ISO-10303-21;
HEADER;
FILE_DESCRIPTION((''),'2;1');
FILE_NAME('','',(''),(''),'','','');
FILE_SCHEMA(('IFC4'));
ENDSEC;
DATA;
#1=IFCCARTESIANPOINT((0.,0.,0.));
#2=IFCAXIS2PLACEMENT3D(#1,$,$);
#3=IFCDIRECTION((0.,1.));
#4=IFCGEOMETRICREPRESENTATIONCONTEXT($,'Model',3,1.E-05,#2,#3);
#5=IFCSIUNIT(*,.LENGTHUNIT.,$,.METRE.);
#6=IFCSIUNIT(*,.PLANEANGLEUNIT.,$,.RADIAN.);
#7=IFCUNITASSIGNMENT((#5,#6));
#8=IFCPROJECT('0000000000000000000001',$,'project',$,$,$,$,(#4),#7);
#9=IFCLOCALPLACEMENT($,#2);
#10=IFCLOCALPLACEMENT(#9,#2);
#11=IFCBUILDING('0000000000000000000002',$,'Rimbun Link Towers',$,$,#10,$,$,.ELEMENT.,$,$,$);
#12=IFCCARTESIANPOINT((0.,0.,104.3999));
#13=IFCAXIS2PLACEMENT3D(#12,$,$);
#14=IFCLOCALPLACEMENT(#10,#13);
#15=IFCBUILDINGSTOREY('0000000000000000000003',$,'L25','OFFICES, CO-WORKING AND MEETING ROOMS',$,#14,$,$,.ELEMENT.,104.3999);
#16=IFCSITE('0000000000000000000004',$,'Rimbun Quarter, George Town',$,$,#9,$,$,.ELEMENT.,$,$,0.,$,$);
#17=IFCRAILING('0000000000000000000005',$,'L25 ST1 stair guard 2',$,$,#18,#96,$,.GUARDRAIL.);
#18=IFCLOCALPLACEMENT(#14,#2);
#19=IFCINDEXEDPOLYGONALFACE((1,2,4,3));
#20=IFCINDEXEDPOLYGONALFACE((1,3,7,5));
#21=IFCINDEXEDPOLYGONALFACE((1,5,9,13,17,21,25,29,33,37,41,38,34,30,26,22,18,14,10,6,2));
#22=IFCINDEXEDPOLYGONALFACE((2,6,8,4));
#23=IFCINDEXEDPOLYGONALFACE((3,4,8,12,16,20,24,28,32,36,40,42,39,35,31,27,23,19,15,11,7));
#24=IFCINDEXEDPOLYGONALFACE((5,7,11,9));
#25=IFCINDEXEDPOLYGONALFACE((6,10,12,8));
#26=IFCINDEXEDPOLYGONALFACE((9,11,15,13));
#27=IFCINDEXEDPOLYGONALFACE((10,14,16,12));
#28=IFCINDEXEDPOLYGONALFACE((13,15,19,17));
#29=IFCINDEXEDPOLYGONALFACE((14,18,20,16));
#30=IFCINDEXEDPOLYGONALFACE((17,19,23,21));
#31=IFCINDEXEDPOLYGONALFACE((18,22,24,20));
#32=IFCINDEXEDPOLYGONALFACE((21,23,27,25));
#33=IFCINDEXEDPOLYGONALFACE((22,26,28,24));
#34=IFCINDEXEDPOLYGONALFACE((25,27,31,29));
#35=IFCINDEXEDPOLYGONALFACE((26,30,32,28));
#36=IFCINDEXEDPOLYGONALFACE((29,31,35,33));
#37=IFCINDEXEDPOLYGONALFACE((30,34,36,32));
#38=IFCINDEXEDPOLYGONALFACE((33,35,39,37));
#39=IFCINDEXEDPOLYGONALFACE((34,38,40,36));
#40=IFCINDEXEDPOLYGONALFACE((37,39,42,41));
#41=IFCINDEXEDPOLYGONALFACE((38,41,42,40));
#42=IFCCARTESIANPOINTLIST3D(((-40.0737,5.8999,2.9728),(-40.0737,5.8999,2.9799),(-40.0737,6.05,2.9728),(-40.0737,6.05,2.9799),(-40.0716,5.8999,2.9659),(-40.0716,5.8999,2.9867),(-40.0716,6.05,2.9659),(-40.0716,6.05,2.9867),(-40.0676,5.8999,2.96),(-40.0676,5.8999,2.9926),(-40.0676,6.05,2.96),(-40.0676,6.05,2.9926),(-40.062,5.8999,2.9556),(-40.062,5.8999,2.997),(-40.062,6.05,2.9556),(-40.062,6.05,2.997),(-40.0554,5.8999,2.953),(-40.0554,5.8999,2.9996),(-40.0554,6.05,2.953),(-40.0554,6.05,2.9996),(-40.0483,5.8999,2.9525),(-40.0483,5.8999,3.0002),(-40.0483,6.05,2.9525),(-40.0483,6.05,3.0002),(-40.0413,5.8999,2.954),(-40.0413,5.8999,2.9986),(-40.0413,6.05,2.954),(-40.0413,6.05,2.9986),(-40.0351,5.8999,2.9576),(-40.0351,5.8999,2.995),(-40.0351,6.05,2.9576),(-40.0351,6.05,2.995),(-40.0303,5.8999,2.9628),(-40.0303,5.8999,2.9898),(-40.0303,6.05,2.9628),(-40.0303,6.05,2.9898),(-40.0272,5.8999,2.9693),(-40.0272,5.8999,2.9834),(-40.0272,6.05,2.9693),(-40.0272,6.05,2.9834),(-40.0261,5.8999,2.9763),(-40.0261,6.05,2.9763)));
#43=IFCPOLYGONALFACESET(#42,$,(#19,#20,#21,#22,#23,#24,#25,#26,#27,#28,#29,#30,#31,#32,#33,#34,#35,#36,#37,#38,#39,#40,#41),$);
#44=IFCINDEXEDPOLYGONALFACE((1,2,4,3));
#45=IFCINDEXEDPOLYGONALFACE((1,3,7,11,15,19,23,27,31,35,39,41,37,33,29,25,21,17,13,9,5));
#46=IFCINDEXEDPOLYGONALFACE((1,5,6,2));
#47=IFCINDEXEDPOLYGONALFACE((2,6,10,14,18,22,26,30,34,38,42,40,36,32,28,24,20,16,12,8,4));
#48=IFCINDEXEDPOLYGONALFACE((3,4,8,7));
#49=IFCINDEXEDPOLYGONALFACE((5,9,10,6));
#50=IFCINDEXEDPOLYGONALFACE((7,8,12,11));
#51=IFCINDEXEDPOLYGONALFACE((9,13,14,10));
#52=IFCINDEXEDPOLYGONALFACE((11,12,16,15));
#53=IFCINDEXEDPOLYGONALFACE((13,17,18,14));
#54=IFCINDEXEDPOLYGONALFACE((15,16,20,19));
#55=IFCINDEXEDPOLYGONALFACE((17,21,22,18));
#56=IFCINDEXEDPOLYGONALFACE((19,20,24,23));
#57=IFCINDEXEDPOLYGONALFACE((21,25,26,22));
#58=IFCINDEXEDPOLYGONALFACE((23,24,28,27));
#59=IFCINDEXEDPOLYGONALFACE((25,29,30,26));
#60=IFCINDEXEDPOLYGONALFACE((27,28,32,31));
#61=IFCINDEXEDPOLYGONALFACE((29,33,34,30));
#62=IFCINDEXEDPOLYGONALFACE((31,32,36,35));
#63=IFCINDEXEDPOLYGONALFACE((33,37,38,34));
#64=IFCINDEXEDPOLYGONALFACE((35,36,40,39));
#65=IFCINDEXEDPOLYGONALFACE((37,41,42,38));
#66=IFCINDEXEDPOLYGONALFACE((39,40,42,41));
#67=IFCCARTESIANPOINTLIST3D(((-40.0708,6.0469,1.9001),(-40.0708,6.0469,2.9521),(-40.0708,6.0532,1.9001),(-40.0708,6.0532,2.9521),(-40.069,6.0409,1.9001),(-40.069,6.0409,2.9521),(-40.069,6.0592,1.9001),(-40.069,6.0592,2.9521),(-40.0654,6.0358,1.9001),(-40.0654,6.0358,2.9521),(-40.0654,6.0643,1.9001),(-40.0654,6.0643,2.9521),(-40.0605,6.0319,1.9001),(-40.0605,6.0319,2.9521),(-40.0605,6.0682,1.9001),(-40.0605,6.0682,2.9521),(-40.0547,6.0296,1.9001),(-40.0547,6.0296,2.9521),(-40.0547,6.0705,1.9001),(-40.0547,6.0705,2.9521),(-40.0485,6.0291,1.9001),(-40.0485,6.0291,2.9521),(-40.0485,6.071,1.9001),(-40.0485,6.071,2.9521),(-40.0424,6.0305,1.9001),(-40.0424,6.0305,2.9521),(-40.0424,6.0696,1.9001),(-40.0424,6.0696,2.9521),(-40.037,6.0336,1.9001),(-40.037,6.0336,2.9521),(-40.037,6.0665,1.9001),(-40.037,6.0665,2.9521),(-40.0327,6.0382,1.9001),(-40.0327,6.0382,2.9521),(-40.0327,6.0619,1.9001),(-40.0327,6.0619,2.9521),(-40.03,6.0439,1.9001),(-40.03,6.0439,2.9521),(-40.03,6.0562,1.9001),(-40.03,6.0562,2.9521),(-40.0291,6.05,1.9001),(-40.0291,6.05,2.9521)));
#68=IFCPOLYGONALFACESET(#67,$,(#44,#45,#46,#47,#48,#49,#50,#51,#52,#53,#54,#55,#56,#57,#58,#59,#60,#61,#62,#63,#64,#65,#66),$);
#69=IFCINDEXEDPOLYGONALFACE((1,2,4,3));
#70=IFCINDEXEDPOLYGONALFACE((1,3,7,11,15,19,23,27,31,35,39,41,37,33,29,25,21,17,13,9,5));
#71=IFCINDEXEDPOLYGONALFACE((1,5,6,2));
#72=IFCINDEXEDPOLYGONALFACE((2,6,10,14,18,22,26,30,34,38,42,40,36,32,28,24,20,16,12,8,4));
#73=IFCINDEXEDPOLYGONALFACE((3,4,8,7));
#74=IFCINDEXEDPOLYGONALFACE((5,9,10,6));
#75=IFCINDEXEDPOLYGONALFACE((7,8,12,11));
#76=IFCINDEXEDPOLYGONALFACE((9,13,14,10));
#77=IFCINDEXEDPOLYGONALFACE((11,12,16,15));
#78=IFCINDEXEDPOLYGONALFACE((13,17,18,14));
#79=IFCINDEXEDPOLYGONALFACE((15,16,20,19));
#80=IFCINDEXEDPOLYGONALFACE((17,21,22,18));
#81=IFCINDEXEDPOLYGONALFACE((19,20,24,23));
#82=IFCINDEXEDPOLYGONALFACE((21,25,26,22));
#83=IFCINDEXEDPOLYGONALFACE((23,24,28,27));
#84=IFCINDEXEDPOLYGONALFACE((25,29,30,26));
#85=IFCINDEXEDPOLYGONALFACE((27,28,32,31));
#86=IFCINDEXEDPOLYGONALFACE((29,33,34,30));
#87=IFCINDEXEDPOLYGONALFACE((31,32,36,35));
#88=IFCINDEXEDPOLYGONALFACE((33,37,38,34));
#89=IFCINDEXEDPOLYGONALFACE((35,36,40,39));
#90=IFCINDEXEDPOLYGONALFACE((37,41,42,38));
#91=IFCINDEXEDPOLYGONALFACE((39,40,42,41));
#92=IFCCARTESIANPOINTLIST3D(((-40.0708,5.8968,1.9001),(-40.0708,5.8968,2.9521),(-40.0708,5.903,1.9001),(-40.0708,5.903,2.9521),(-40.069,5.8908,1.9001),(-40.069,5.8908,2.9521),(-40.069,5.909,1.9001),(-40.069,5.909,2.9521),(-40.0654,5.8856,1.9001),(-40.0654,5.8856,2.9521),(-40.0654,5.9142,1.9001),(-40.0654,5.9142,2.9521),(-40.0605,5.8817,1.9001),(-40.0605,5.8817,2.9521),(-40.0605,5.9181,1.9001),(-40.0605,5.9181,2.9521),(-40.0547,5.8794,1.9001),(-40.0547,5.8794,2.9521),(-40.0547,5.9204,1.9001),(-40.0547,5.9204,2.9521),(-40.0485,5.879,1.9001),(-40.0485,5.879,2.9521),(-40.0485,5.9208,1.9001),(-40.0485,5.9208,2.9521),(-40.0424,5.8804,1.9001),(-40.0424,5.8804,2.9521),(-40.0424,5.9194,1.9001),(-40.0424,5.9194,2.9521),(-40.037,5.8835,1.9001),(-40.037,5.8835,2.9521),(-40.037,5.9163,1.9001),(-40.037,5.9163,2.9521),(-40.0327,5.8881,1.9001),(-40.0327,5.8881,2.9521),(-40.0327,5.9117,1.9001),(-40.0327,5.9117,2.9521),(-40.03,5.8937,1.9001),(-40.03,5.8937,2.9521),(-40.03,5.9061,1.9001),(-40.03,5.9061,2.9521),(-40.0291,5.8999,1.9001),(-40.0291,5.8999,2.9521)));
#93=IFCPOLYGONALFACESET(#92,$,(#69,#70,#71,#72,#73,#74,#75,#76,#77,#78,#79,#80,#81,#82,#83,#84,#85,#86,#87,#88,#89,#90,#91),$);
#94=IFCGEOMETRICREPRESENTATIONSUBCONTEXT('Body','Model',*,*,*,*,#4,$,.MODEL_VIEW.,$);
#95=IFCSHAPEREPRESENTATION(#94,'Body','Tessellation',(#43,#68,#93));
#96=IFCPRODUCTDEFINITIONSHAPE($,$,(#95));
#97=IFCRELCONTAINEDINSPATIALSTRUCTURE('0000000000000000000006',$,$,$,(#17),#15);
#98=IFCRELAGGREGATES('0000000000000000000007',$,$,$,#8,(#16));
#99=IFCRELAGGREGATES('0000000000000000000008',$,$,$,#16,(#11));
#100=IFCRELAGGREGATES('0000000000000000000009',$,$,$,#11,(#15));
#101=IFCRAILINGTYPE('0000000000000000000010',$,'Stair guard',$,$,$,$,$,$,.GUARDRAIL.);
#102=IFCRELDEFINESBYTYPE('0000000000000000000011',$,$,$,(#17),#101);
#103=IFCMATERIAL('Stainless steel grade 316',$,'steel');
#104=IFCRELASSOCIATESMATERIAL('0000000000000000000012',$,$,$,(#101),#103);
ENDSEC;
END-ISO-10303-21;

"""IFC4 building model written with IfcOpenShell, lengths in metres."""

from ifc_helpers import new_model, si_unit, direction, frame, origin, origin_2d, place, context, subcontext, project, spatial, circle, extrude, material, type_object, element, save


model = new_model("IFC4")

# Units and contexts
model_context = context("Model", 3, precision=1e-05, world=origin(), true_north=direction((0.0, 1.0)))
body_context = subcontext(model_context, "Body", "Model", "MODEL_VIEW")
ifc_project = project(units=[si_unit("LENGTHUNIT", "METRE"), si_unit("PLANEANGLEUNIT", "RADIAN")], contexts=[model_context])

# Site, building, storey
site_placement = place(None, origin())
site = spatial("IfcSite", under=ifc_project, at=site_placement, Name="Rimbun Quarter, George Town", CompositionType="ELEMENT", RefElevation=0.0)
building_placement = place(site_placement, origin())
building = spatial("IfcBuilding", under=site, at=building_placement, Name="Rimbun Link Towers", CompositionType="ELEMENT")
storey_placement = place(building_placement, frame((0.0, 0.0, 104.3999)))
storey = spatial("IfcBuildingStorey", under=building, at=storey_placement, Name="L25", Description="OFFICES, CO-WORKING AND MEETING ROOMS", CompositionType="ELEMENT", Elevation=104.3999)

# Railing
ifc_material_1 = material(Name="Stainless steel grade 316", Category="steel")
railing_type_1 = type_object("IfcRailingType", Name="Stair guard", PredefinedType="GUARDRAIL", material=ifc_material_1)
railing_1_placement = place(storey_placement, frame((-40.05, 6.05, 1.9001)))
element("IfcRailing", 1, at=railing_1_placement, inside=storey, type_object=railing_type_1, Name="L25 ST1 stair guard 2", PredefinedType="GUARDRAIL", context=body_context, shape_type="SweptSolid", body=[
    extrude(circle(Radius=0.0239, at=origin_2d()), frame((0.0, 0.0, 1.0762), z_axis=(0.0, -1.0, 0.0), x_axis=(1.0, 0.0, 0.0)), (0.0, 0.0, 1.0), 0.1501),
    extrude(circle(Radius=0.021, at=origin_2d()), origin(), (0.0, 0.0, 1.0), 1.052),
    extrude(circle(Radius=0.021, at=origin_2d()), frame((0.0, -0.1501, 0.0)), (0.0, 0.0, 1.0), 1.052),
])

save(model, "model.ifc")
